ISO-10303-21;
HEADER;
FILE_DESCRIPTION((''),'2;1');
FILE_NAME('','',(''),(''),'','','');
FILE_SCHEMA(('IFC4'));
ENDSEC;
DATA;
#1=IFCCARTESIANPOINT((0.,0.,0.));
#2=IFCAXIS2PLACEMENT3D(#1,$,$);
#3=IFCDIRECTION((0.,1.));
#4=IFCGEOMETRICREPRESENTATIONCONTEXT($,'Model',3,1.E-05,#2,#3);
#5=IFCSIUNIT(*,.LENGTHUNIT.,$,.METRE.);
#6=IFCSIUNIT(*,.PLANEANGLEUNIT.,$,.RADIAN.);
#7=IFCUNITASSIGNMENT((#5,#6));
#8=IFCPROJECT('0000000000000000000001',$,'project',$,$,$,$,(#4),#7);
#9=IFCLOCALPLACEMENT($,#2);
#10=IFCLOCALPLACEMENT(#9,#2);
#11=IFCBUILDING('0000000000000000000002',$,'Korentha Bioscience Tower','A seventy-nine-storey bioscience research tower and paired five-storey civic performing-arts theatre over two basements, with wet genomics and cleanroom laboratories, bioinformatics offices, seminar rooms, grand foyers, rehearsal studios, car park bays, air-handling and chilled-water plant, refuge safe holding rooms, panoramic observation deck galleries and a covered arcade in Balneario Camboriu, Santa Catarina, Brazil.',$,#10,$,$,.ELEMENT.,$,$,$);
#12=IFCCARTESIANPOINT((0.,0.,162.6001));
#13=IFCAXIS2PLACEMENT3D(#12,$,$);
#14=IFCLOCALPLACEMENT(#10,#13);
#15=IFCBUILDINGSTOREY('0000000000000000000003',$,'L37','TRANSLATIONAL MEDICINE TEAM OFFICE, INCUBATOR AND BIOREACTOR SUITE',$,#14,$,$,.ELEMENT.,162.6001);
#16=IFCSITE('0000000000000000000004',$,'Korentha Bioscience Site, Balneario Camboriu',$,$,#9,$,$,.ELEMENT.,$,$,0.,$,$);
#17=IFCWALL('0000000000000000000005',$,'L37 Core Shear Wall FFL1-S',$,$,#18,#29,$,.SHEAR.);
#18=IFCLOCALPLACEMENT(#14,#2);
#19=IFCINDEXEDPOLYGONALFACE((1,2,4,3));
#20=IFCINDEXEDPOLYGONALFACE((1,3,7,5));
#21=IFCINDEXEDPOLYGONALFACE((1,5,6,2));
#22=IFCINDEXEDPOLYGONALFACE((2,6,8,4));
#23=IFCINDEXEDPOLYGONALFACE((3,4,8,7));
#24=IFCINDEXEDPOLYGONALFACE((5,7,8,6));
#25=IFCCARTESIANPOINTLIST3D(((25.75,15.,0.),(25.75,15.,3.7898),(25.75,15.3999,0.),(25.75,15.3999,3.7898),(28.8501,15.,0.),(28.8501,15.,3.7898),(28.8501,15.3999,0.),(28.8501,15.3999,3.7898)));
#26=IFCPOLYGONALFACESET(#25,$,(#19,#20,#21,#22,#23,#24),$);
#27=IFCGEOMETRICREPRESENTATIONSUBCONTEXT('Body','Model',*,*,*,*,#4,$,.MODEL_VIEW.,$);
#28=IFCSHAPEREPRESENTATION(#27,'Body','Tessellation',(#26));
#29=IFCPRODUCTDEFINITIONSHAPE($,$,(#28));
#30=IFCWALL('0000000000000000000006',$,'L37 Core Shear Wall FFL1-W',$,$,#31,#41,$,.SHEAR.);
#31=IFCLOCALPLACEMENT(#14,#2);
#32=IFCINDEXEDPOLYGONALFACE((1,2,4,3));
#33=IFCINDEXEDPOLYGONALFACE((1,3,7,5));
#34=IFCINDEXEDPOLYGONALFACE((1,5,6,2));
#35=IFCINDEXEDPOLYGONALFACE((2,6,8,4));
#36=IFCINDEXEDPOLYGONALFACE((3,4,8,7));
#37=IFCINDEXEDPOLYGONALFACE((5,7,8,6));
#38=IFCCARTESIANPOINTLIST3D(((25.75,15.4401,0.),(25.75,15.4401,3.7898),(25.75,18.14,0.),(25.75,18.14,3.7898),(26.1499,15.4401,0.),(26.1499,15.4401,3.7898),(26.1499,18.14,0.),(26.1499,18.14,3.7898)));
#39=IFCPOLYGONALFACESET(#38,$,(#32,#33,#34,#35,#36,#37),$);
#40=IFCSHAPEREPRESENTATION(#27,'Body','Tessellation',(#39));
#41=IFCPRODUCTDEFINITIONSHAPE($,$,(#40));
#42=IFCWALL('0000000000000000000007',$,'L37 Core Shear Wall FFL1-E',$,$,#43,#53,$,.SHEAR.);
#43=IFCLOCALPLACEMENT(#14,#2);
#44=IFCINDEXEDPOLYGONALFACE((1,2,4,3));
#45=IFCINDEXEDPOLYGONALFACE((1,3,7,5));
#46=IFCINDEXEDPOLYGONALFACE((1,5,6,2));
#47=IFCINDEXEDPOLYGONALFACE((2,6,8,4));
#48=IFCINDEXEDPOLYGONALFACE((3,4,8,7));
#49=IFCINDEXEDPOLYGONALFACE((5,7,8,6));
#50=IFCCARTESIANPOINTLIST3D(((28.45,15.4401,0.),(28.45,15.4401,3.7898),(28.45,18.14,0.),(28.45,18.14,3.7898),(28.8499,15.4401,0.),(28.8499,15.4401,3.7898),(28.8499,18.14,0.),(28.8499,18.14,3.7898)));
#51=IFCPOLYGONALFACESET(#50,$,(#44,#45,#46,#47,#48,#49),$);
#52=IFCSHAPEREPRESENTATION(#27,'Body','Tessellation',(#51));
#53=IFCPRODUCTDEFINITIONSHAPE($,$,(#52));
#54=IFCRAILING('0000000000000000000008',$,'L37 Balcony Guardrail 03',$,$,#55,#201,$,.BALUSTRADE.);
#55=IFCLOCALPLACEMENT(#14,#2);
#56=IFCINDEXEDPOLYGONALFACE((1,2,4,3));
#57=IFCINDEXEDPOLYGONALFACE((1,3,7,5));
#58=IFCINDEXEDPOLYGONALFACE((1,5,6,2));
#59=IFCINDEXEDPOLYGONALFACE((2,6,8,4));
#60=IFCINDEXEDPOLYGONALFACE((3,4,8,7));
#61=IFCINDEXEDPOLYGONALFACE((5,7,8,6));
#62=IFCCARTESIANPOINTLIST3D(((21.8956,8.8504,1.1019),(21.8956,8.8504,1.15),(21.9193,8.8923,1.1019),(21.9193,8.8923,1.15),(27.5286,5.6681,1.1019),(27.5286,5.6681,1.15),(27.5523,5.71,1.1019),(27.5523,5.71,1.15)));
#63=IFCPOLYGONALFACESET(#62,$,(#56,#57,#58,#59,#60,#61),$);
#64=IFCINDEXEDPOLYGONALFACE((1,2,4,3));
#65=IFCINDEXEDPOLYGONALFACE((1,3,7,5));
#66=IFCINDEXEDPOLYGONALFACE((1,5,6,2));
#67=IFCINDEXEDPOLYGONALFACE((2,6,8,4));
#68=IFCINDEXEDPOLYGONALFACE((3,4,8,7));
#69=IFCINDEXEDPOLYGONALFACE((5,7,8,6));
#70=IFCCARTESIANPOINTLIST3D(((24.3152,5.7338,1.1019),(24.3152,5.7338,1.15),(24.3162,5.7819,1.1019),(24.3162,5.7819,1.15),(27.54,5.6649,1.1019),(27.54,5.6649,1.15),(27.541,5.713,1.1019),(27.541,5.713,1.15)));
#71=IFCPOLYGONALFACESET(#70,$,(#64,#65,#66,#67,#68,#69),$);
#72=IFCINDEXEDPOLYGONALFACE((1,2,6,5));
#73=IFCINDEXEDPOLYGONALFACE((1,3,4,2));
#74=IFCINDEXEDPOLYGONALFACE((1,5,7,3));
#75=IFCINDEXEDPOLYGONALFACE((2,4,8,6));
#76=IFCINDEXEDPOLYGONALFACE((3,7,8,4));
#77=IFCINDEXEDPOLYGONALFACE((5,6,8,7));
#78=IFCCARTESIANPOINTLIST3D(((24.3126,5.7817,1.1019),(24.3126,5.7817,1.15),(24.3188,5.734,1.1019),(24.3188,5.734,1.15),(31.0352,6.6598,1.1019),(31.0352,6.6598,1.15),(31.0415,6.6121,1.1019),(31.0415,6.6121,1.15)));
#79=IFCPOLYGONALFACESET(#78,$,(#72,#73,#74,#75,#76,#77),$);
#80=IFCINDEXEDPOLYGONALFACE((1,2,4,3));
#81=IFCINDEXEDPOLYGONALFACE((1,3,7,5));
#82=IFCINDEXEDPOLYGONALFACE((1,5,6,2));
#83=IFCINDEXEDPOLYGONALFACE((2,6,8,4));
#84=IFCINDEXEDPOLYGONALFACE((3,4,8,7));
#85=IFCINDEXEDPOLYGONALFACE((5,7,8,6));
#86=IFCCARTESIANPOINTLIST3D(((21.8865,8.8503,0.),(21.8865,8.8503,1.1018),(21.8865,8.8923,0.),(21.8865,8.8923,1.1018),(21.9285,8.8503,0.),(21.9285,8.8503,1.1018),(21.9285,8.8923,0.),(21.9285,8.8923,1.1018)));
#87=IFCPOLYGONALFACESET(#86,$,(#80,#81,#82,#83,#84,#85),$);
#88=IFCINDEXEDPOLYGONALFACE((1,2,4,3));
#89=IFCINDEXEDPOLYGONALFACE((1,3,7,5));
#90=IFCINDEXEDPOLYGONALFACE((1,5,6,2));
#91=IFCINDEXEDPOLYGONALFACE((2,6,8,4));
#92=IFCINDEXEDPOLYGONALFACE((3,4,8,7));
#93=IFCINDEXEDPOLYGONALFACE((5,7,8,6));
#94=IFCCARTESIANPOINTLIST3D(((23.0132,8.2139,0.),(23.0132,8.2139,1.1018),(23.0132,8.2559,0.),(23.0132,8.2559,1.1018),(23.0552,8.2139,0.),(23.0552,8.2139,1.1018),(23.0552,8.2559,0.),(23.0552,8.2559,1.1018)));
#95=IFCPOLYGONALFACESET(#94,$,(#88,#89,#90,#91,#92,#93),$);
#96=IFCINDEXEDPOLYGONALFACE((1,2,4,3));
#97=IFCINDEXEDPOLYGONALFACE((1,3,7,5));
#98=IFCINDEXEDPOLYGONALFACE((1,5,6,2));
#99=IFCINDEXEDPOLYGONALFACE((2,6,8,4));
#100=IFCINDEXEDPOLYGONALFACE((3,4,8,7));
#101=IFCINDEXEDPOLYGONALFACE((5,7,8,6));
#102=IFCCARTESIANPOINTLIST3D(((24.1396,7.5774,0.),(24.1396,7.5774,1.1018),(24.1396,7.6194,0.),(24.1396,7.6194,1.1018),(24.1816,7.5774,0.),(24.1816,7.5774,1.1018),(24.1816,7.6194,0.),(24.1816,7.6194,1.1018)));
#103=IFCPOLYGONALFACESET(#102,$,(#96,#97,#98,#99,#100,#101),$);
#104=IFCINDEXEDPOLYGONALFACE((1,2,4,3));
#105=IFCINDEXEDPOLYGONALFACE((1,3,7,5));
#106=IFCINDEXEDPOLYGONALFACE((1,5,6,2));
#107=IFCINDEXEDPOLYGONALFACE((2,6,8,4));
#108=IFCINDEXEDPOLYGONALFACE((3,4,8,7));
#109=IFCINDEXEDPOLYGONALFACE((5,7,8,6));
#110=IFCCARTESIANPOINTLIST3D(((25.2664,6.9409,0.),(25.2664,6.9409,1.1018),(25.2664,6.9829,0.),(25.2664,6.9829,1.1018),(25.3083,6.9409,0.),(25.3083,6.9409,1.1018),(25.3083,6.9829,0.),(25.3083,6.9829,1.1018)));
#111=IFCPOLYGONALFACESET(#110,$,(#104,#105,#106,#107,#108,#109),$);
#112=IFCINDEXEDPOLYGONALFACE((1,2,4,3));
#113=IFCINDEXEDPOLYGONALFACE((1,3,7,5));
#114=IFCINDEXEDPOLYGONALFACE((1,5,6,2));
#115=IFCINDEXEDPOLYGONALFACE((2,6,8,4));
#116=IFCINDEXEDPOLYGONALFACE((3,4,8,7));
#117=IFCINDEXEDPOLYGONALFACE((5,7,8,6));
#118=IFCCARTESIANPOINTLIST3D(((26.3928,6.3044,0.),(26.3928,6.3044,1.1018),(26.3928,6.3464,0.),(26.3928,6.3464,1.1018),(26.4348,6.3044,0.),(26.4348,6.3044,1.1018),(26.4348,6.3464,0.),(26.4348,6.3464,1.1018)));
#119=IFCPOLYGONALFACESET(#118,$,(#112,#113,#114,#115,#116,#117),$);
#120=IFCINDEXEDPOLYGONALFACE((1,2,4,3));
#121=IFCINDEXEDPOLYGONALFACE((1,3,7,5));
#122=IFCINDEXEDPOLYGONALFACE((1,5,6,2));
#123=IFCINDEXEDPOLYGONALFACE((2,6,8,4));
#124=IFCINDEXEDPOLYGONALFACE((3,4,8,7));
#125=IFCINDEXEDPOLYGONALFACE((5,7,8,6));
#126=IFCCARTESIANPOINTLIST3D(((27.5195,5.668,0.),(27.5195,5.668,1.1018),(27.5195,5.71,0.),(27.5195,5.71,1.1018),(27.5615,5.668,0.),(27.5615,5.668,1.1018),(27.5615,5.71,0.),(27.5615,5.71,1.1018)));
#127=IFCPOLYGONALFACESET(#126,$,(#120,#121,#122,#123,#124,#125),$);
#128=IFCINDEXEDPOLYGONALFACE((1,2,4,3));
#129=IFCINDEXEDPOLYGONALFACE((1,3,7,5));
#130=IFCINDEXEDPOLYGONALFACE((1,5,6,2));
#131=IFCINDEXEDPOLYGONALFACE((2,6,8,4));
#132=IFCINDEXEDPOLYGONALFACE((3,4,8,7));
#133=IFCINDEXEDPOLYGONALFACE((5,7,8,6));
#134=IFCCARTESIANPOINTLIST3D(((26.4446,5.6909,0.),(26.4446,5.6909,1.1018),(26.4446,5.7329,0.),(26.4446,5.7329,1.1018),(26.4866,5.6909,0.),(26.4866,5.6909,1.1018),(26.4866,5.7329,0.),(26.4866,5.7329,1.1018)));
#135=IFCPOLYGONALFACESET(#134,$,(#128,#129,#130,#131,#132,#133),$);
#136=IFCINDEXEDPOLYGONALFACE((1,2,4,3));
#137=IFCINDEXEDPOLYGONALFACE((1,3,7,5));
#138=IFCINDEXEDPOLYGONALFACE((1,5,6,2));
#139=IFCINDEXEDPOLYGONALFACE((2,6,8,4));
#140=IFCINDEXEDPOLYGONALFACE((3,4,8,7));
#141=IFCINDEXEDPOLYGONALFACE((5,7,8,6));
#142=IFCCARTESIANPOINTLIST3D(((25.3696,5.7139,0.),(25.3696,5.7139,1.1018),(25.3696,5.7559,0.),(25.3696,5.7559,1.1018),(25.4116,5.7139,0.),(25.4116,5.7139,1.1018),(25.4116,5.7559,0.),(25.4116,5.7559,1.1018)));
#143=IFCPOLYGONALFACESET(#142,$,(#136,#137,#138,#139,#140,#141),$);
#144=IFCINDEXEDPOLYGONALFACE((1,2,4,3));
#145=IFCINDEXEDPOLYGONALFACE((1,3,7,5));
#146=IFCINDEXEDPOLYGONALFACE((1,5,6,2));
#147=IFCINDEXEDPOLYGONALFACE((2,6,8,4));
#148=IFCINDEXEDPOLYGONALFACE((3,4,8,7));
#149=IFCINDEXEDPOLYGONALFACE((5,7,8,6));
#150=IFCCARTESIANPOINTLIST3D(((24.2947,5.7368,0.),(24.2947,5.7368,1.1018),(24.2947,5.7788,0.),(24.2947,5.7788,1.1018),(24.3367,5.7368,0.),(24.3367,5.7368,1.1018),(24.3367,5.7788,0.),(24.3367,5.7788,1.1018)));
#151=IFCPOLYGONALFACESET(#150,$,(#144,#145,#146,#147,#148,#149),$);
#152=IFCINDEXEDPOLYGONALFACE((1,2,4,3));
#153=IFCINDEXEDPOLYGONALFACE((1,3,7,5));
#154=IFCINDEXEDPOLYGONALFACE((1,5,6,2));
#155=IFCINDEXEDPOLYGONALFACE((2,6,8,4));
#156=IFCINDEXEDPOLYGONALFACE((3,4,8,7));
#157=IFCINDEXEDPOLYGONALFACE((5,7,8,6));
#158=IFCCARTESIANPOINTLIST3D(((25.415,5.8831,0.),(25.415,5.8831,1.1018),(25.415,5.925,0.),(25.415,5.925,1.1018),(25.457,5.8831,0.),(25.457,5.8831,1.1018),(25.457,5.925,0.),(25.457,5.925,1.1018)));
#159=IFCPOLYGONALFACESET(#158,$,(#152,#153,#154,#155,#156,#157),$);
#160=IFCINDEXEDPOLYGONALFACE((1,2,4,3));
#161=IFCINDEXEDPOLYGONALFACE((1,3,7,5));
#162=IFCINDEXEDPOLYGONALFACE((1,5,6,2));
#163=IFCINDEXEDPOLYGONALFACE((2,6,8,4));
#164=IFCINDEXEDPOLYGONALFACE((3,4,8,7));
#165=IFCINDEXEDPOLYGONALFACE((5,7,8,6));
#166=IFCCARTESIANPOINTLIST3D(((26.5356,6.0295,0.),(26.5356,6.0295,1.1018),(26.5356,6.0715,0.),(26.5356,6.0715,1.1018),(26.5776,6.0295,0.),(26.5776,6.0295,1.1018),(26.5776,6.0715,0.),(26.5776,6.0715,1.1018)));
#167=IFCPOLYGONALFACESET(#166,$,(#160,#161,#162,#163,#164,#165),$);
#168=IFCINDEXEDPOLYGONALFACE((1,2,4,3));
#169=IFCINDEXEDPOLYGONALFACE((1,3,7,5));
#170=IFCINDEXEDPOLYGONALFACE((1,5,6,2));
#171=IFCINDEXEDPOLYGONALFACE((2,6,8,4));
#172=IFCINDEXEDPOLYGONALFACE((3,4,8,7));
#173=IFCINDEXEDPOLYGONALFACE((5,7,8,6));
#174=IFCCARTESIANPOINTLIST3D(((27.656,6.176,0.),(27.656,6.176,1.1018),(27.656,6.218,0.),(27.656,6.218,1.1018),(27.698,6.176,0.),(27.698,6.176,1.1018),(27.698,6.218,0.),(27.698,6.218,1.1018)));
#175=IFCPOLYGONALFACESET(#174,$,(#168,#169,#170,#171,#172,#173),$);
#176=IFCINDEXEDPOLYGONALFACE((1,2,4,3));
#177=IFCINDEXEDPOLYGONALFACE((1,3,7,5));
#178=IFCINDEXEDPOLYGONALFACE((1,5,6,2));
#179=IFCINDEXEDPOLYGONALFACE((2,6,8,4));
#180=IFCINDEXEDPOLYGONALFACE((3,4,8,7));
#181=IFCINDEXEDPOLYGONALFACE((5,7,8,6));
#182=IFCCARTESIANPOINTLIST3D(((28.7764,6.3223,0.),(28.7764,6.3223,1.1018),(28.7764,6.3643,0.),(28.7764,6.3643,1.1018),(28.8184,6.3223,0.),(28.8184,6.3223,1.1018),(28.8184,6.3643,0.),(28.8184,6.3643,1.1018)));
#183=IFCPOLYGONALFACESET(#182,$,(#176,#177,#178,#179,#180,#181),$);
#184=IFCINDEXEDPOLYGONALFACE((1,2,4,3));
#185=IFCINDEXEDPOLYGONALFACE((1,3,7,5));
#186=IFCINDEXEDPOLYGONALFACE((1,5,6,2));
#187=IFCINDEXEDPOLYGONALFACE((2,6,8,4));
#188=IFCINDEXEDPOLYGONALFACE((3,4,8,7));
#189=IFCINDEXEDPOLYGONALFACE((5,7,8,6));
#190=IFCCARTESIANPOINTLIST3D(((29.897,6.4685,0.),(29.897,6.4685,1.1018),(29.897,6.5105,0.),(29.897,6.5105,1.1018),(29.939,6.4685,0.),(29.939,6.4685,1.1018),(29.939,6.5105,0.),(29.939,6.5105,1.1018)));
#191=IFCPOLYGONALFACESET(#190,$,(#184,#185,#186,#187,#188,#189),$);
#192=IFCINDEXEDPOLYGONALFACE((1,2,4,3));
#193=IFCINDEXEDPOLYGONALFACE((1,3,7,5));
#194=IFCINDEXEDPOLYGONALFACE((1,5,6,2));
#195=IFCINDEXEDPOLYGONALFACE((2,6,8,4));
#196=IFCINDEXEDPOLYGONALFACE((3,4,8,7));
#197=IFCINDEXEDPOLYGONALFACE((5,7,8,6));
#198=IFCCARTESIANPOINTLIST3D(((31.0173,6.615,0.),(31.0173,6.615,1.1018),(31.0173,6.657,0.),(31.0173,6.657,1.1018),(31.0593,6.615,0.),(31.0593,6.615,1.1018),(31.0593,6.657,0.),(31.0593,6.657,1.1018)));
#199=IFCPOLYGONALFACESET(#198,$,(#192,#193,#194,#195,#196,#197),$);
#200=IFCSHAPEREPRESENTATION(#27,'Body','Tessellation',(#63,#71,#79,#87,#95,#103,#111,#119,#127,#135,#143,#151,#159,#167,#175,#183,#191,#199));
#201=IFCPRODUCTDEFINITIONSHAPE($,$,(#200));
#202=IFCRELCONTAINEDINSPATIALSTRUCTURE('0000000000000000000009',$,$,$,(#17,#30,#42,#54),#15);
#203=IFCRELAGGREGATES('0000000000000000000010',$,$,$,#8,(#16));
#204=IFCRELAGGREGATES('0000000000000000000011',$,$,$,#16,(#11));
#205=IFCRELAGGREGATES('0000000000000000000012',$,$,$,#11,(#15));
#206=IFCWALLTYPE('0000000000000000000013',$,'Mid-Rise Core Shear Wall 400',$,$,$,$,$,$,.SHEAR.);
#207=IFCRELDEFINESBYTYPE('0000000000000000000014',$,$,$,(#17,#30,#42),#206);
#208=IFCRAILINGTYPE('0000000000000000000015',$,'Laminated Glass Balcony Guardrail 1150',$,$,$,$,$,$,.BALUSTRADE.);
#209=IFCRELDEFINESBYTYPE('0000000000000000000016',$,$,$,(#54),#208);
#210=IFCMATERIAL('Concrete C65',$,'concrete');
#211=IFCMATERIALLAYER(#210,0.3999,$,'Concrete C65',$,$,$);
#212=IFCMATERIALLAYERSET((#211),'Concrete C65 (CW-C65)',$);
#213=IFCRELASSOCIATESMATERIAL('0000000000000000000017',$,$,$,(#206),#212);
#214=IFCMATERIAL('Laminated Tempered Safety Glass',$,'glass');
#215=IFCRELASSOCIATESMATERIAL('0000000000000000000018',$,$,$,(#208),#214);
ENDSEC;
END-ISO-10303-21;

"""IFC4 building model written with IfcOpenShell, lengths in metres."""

from ifc_helpers import new_model, si_unit, direction, frame, frame_2d, origin, origin_2d, place, context, subcontext, project, spatial, rectangle, extrude, material, layer, layer_set, type_object, element, save


model = new_model("IFC4")

# Units and contexts
model_context = context("Model", 3, precision=1e-05, world=origin(), true_north=direction((0.0, 1.0)))
body_context = subcontext(model_context, "Body", "Model", "MODEL_VIEW")
ifc_project = project(units=[si_unit("LENGTHUNIT", "METRE"), si_unit("PLANEANGLEUNIT", "RADIAN")], contexts=[model_context])

# Site, building, storey
site_placement = place(None, origin())
site = spatial("IfcSite", under=ifc_project, at=site_placement, Name="Korentha Bioscience Site, Balneario Camboriu", CompositionType="ELEMENT", RefElevation=0.0)
building_placement = place(site_placement, origin())
building = spatial("IfcBuilding", under=site, at=building_placement, Name="Korentha Bioscience Tower", Description="A seventy-nine-storey bioscience research tower and paired five-storey civic performing-arts theatre over two basements, with wet genomics and cleanroom laboratories, bioinformatics offices, seminar rooms, grand foyers, rehearsal studios, car park bays, air-handling and chilled-water plant, refuge safe holding rooms, panoramic observation deck galleries and a covered arcade in Balneario Camboriu, Santa Catarina, Brazil.", CompositionType="ELEMENT")
storey_placement = place(building_placement, frame((0.0, 0.0, 162.6001)))
storey = spatial("IfcBuildingStorey", under=building, at=storey_placement, Name="L37", Description="TRANSLATIONAL MEDICINE TEAM OFFICE, INCUBATOR AND BIOREACTOR SUITE", CompositionType="ELEMENT", Elevation=162.6001)

# Shared definitions
ifc_material_1 = material(Name="Concrete C65", Category="concrete")

# Walls
ifc_layer_1 = layer(ifc_material_1, 0.3999, Name="Concrete C65")
ifc_layer_set_1 = layer_set([ifc_layer_1], Name="Concrete C65 (CW-C65)")
wall_type_1 = type_object("IfcWallType", Name="Mid-Rise Core Shear Wall 400", PredefinedType="SHEAR", material=ifc_layer_set_1)
wall_1_placement = place(storey_placement, frame((25.75, 15.2, 0.0), z_axis=(0.0, 0.0, 1.0), x_axis=(1.0, 0.0, 0.0)))
element("IfcWall", 1, at=wall_1_placement, inside=storey, type_object=wall_type_1, Name="L37 Core Shear Wall FFL1-S", PredefinedType="SHEAR", context=body_context, shape_type="SweptSolid", body=[
    extrude(rectangle(XDim=3.1001, YDim=0.3999, at=frame_2d((1.55, 0.0))), origin(), (0.0, 0.0, 1.0), 3.7898),
])
for number, where, z_axis, x_axis, name in (
    (2, (25.95, 15.4399, 0.0), (0.0, 0.0, 1.0), (0.0, 1.0, 0.0), "L37 Core Shear Wall FFL1-W"),
    (3, (28.6499, 15.4399, 0.0), (0.0, 0.0, 1.0), (0.0, 1.0, 0.0), "L37 Core Shear Wall FFL1-E"),
):
    element("IfcWall", number, at=place(storey_placement, frame(where, z_axis=z_axis, x_axis=x_axis)), inside=storey, type_object=wall_type_1, Name=name, PredefinedType="SHEAR", context=body_context, shape_type="SweptSolid", body=[
        extrude(rectangle(XDim=2.7, YDim=0.3999, at=frame_2d((1.3501, 0.0))), origin(), (0.0, 0.0, 1.0), 3.7898),
    ])

# Railing
ifc_material_2 = material(Name="Laminated Tempered Safety Glass", Category="glass")
railing_type = type_object("IfcRailingType", Name="Laminated Glass Balcony Guardrail 1150", PredefinedType="BALUSTRADE", material=ifc_material_2)
railing_placement = place(storey_placement, frame((21.9075, 8.8713, 0.0)))
element("IfcRailing", 4, at=railing_placement, inside=storey, type_object=railing_type, Name="L37 Balcony Guardrail 03", PredefinedType="BALUSTRADE", context=body_context, shape_type="SweptSolid", body=[
    extrude(rectangle(XDim=0.0481, YDim=0.0481, at=origin_2d()), frame((0.0, 0.0, 1.126), z_axis=(0.870664, -0.491878, 0.0), x_axis=(0.491878, 0.870664, 0.0)), (0.0, 0.0, 1.0), 6.4697),
    extrude(rectangle(XDim=0.0481, YDim=0.0481, at=origin_2d()), frame((5.6331, -3.1824, 1.126), z_axis=(-0.999772, 0.021344, 0.0), x_axis=(-0.021344, -0.999772, 0.0)), (0.0, 0.0, 1.0), 3.2256),
    extrude(rectangle(XDim=0.0481, YDim=0.0481, at=origin_2d()), frame((2.4082, -3.1135, 1.126), z_axis=(0.991576, 0.129529, 0.0), x_axis=(-0.129529, 0.991576, 0.0)), (0.0, 0.0, 1.0), 6.7798),
    extrude(rectangle(XDim=0.042, YDim=0.042, at=origin_2d()), origin(), (0.0, 0.0, 1.0), 1.1018),
    extrude(rectangle(XDim=0.042, YDim=0.042, at=origin_2d()), frame((1.1267, -0.6365, 0.0)), (0.0, 0.0, 1.0), 1.1018),
    extrude(rectangle(XDim=0.042, YDim=0.042, at=origin_2d()), frame((2.2532, -1.2729, 0.0)), (0.0, 0.0, 1.0), 1.1018),
    extrude(rectangle(XDim=0.042, YDim=0.042, at=origin_2d()), frame((3.3799, -1.9094, 0.0)), (0.0, 0.0, 1.0), 1.1018),
    extrude(rectangle(XDim=0.042, YDim=0.042, at=origin_2d()), frame((4.5063, -2.5459, 0.0)), (0.0, 0.0, 1.0), 1.1018),
    extrude(rectangle(XDim=0.042, YDim=0.042, at=origin_2d()), frame((5.6331, -3.1824, 0.0)), (0.0, 0.0, 1.0), 1.1018),
    extrude(rectangle(XDim=0.042, YDim=0.042, at=origin_2d()), frame((4.5581, -3.1594, 0.0)), (0.0, 0.0, 1.0), 1.1018),
    extrude(rectangle(XDim=0.042, YDim=0.042, at=origin_2d()), frame((3.4832, -3.1365, 0.0)), (0.0, 0.0, 1.0), 1.1018),
    extrude(rectangle(XDim=0.042, YDim=0.042, at=origin_2d()), frame((2.4082, -3.1135, 0.0)), (0.0, 0.0, 1.0), 1.1018),
    extrude(rectangle(XDim=0.042, YDim=0.042, at=origin_2d()), frame((3.5286, -2.9673, 0.0)), (0.0, 0.0, 1.0), 1.1018),
    extrude(rectangle(XDim=0.042, YDim=0.042, at=origin_2d()), frame((4.6492, -2.8208, 0.0)), (0.0, 0.0, 1.0), 1.1018),
    extrude(rectangle(XDim=0.042, YDim=0.042, at=origin_2d()), frame((5.7695, -2.6743, 0.0)), (0.0, 0.0, 1.0), 1.1018),
    extrude(rectangle(XDim=0.042, YDim=0.042, at=origin_2d()), frame((6.8899, -2.5281, 0.0)), (0.0, 0.0, 1.0), 1.1018),
    extrude(rectangle(XDim=0.042, YDim=0.042, at=origin_2d()), frame((8.0105, -2.3818, 0.0)), (0.0, 0.0, 1.0), 1.1018),
    extrude(rectangle(XDim=0.042, YDim=0.042, at=origin_2d()), frame((9.1309, -2.2354, 0.0)), (0.0, 0.0, 1.0), 1.1018),
])

save(model, "model.ifc")
